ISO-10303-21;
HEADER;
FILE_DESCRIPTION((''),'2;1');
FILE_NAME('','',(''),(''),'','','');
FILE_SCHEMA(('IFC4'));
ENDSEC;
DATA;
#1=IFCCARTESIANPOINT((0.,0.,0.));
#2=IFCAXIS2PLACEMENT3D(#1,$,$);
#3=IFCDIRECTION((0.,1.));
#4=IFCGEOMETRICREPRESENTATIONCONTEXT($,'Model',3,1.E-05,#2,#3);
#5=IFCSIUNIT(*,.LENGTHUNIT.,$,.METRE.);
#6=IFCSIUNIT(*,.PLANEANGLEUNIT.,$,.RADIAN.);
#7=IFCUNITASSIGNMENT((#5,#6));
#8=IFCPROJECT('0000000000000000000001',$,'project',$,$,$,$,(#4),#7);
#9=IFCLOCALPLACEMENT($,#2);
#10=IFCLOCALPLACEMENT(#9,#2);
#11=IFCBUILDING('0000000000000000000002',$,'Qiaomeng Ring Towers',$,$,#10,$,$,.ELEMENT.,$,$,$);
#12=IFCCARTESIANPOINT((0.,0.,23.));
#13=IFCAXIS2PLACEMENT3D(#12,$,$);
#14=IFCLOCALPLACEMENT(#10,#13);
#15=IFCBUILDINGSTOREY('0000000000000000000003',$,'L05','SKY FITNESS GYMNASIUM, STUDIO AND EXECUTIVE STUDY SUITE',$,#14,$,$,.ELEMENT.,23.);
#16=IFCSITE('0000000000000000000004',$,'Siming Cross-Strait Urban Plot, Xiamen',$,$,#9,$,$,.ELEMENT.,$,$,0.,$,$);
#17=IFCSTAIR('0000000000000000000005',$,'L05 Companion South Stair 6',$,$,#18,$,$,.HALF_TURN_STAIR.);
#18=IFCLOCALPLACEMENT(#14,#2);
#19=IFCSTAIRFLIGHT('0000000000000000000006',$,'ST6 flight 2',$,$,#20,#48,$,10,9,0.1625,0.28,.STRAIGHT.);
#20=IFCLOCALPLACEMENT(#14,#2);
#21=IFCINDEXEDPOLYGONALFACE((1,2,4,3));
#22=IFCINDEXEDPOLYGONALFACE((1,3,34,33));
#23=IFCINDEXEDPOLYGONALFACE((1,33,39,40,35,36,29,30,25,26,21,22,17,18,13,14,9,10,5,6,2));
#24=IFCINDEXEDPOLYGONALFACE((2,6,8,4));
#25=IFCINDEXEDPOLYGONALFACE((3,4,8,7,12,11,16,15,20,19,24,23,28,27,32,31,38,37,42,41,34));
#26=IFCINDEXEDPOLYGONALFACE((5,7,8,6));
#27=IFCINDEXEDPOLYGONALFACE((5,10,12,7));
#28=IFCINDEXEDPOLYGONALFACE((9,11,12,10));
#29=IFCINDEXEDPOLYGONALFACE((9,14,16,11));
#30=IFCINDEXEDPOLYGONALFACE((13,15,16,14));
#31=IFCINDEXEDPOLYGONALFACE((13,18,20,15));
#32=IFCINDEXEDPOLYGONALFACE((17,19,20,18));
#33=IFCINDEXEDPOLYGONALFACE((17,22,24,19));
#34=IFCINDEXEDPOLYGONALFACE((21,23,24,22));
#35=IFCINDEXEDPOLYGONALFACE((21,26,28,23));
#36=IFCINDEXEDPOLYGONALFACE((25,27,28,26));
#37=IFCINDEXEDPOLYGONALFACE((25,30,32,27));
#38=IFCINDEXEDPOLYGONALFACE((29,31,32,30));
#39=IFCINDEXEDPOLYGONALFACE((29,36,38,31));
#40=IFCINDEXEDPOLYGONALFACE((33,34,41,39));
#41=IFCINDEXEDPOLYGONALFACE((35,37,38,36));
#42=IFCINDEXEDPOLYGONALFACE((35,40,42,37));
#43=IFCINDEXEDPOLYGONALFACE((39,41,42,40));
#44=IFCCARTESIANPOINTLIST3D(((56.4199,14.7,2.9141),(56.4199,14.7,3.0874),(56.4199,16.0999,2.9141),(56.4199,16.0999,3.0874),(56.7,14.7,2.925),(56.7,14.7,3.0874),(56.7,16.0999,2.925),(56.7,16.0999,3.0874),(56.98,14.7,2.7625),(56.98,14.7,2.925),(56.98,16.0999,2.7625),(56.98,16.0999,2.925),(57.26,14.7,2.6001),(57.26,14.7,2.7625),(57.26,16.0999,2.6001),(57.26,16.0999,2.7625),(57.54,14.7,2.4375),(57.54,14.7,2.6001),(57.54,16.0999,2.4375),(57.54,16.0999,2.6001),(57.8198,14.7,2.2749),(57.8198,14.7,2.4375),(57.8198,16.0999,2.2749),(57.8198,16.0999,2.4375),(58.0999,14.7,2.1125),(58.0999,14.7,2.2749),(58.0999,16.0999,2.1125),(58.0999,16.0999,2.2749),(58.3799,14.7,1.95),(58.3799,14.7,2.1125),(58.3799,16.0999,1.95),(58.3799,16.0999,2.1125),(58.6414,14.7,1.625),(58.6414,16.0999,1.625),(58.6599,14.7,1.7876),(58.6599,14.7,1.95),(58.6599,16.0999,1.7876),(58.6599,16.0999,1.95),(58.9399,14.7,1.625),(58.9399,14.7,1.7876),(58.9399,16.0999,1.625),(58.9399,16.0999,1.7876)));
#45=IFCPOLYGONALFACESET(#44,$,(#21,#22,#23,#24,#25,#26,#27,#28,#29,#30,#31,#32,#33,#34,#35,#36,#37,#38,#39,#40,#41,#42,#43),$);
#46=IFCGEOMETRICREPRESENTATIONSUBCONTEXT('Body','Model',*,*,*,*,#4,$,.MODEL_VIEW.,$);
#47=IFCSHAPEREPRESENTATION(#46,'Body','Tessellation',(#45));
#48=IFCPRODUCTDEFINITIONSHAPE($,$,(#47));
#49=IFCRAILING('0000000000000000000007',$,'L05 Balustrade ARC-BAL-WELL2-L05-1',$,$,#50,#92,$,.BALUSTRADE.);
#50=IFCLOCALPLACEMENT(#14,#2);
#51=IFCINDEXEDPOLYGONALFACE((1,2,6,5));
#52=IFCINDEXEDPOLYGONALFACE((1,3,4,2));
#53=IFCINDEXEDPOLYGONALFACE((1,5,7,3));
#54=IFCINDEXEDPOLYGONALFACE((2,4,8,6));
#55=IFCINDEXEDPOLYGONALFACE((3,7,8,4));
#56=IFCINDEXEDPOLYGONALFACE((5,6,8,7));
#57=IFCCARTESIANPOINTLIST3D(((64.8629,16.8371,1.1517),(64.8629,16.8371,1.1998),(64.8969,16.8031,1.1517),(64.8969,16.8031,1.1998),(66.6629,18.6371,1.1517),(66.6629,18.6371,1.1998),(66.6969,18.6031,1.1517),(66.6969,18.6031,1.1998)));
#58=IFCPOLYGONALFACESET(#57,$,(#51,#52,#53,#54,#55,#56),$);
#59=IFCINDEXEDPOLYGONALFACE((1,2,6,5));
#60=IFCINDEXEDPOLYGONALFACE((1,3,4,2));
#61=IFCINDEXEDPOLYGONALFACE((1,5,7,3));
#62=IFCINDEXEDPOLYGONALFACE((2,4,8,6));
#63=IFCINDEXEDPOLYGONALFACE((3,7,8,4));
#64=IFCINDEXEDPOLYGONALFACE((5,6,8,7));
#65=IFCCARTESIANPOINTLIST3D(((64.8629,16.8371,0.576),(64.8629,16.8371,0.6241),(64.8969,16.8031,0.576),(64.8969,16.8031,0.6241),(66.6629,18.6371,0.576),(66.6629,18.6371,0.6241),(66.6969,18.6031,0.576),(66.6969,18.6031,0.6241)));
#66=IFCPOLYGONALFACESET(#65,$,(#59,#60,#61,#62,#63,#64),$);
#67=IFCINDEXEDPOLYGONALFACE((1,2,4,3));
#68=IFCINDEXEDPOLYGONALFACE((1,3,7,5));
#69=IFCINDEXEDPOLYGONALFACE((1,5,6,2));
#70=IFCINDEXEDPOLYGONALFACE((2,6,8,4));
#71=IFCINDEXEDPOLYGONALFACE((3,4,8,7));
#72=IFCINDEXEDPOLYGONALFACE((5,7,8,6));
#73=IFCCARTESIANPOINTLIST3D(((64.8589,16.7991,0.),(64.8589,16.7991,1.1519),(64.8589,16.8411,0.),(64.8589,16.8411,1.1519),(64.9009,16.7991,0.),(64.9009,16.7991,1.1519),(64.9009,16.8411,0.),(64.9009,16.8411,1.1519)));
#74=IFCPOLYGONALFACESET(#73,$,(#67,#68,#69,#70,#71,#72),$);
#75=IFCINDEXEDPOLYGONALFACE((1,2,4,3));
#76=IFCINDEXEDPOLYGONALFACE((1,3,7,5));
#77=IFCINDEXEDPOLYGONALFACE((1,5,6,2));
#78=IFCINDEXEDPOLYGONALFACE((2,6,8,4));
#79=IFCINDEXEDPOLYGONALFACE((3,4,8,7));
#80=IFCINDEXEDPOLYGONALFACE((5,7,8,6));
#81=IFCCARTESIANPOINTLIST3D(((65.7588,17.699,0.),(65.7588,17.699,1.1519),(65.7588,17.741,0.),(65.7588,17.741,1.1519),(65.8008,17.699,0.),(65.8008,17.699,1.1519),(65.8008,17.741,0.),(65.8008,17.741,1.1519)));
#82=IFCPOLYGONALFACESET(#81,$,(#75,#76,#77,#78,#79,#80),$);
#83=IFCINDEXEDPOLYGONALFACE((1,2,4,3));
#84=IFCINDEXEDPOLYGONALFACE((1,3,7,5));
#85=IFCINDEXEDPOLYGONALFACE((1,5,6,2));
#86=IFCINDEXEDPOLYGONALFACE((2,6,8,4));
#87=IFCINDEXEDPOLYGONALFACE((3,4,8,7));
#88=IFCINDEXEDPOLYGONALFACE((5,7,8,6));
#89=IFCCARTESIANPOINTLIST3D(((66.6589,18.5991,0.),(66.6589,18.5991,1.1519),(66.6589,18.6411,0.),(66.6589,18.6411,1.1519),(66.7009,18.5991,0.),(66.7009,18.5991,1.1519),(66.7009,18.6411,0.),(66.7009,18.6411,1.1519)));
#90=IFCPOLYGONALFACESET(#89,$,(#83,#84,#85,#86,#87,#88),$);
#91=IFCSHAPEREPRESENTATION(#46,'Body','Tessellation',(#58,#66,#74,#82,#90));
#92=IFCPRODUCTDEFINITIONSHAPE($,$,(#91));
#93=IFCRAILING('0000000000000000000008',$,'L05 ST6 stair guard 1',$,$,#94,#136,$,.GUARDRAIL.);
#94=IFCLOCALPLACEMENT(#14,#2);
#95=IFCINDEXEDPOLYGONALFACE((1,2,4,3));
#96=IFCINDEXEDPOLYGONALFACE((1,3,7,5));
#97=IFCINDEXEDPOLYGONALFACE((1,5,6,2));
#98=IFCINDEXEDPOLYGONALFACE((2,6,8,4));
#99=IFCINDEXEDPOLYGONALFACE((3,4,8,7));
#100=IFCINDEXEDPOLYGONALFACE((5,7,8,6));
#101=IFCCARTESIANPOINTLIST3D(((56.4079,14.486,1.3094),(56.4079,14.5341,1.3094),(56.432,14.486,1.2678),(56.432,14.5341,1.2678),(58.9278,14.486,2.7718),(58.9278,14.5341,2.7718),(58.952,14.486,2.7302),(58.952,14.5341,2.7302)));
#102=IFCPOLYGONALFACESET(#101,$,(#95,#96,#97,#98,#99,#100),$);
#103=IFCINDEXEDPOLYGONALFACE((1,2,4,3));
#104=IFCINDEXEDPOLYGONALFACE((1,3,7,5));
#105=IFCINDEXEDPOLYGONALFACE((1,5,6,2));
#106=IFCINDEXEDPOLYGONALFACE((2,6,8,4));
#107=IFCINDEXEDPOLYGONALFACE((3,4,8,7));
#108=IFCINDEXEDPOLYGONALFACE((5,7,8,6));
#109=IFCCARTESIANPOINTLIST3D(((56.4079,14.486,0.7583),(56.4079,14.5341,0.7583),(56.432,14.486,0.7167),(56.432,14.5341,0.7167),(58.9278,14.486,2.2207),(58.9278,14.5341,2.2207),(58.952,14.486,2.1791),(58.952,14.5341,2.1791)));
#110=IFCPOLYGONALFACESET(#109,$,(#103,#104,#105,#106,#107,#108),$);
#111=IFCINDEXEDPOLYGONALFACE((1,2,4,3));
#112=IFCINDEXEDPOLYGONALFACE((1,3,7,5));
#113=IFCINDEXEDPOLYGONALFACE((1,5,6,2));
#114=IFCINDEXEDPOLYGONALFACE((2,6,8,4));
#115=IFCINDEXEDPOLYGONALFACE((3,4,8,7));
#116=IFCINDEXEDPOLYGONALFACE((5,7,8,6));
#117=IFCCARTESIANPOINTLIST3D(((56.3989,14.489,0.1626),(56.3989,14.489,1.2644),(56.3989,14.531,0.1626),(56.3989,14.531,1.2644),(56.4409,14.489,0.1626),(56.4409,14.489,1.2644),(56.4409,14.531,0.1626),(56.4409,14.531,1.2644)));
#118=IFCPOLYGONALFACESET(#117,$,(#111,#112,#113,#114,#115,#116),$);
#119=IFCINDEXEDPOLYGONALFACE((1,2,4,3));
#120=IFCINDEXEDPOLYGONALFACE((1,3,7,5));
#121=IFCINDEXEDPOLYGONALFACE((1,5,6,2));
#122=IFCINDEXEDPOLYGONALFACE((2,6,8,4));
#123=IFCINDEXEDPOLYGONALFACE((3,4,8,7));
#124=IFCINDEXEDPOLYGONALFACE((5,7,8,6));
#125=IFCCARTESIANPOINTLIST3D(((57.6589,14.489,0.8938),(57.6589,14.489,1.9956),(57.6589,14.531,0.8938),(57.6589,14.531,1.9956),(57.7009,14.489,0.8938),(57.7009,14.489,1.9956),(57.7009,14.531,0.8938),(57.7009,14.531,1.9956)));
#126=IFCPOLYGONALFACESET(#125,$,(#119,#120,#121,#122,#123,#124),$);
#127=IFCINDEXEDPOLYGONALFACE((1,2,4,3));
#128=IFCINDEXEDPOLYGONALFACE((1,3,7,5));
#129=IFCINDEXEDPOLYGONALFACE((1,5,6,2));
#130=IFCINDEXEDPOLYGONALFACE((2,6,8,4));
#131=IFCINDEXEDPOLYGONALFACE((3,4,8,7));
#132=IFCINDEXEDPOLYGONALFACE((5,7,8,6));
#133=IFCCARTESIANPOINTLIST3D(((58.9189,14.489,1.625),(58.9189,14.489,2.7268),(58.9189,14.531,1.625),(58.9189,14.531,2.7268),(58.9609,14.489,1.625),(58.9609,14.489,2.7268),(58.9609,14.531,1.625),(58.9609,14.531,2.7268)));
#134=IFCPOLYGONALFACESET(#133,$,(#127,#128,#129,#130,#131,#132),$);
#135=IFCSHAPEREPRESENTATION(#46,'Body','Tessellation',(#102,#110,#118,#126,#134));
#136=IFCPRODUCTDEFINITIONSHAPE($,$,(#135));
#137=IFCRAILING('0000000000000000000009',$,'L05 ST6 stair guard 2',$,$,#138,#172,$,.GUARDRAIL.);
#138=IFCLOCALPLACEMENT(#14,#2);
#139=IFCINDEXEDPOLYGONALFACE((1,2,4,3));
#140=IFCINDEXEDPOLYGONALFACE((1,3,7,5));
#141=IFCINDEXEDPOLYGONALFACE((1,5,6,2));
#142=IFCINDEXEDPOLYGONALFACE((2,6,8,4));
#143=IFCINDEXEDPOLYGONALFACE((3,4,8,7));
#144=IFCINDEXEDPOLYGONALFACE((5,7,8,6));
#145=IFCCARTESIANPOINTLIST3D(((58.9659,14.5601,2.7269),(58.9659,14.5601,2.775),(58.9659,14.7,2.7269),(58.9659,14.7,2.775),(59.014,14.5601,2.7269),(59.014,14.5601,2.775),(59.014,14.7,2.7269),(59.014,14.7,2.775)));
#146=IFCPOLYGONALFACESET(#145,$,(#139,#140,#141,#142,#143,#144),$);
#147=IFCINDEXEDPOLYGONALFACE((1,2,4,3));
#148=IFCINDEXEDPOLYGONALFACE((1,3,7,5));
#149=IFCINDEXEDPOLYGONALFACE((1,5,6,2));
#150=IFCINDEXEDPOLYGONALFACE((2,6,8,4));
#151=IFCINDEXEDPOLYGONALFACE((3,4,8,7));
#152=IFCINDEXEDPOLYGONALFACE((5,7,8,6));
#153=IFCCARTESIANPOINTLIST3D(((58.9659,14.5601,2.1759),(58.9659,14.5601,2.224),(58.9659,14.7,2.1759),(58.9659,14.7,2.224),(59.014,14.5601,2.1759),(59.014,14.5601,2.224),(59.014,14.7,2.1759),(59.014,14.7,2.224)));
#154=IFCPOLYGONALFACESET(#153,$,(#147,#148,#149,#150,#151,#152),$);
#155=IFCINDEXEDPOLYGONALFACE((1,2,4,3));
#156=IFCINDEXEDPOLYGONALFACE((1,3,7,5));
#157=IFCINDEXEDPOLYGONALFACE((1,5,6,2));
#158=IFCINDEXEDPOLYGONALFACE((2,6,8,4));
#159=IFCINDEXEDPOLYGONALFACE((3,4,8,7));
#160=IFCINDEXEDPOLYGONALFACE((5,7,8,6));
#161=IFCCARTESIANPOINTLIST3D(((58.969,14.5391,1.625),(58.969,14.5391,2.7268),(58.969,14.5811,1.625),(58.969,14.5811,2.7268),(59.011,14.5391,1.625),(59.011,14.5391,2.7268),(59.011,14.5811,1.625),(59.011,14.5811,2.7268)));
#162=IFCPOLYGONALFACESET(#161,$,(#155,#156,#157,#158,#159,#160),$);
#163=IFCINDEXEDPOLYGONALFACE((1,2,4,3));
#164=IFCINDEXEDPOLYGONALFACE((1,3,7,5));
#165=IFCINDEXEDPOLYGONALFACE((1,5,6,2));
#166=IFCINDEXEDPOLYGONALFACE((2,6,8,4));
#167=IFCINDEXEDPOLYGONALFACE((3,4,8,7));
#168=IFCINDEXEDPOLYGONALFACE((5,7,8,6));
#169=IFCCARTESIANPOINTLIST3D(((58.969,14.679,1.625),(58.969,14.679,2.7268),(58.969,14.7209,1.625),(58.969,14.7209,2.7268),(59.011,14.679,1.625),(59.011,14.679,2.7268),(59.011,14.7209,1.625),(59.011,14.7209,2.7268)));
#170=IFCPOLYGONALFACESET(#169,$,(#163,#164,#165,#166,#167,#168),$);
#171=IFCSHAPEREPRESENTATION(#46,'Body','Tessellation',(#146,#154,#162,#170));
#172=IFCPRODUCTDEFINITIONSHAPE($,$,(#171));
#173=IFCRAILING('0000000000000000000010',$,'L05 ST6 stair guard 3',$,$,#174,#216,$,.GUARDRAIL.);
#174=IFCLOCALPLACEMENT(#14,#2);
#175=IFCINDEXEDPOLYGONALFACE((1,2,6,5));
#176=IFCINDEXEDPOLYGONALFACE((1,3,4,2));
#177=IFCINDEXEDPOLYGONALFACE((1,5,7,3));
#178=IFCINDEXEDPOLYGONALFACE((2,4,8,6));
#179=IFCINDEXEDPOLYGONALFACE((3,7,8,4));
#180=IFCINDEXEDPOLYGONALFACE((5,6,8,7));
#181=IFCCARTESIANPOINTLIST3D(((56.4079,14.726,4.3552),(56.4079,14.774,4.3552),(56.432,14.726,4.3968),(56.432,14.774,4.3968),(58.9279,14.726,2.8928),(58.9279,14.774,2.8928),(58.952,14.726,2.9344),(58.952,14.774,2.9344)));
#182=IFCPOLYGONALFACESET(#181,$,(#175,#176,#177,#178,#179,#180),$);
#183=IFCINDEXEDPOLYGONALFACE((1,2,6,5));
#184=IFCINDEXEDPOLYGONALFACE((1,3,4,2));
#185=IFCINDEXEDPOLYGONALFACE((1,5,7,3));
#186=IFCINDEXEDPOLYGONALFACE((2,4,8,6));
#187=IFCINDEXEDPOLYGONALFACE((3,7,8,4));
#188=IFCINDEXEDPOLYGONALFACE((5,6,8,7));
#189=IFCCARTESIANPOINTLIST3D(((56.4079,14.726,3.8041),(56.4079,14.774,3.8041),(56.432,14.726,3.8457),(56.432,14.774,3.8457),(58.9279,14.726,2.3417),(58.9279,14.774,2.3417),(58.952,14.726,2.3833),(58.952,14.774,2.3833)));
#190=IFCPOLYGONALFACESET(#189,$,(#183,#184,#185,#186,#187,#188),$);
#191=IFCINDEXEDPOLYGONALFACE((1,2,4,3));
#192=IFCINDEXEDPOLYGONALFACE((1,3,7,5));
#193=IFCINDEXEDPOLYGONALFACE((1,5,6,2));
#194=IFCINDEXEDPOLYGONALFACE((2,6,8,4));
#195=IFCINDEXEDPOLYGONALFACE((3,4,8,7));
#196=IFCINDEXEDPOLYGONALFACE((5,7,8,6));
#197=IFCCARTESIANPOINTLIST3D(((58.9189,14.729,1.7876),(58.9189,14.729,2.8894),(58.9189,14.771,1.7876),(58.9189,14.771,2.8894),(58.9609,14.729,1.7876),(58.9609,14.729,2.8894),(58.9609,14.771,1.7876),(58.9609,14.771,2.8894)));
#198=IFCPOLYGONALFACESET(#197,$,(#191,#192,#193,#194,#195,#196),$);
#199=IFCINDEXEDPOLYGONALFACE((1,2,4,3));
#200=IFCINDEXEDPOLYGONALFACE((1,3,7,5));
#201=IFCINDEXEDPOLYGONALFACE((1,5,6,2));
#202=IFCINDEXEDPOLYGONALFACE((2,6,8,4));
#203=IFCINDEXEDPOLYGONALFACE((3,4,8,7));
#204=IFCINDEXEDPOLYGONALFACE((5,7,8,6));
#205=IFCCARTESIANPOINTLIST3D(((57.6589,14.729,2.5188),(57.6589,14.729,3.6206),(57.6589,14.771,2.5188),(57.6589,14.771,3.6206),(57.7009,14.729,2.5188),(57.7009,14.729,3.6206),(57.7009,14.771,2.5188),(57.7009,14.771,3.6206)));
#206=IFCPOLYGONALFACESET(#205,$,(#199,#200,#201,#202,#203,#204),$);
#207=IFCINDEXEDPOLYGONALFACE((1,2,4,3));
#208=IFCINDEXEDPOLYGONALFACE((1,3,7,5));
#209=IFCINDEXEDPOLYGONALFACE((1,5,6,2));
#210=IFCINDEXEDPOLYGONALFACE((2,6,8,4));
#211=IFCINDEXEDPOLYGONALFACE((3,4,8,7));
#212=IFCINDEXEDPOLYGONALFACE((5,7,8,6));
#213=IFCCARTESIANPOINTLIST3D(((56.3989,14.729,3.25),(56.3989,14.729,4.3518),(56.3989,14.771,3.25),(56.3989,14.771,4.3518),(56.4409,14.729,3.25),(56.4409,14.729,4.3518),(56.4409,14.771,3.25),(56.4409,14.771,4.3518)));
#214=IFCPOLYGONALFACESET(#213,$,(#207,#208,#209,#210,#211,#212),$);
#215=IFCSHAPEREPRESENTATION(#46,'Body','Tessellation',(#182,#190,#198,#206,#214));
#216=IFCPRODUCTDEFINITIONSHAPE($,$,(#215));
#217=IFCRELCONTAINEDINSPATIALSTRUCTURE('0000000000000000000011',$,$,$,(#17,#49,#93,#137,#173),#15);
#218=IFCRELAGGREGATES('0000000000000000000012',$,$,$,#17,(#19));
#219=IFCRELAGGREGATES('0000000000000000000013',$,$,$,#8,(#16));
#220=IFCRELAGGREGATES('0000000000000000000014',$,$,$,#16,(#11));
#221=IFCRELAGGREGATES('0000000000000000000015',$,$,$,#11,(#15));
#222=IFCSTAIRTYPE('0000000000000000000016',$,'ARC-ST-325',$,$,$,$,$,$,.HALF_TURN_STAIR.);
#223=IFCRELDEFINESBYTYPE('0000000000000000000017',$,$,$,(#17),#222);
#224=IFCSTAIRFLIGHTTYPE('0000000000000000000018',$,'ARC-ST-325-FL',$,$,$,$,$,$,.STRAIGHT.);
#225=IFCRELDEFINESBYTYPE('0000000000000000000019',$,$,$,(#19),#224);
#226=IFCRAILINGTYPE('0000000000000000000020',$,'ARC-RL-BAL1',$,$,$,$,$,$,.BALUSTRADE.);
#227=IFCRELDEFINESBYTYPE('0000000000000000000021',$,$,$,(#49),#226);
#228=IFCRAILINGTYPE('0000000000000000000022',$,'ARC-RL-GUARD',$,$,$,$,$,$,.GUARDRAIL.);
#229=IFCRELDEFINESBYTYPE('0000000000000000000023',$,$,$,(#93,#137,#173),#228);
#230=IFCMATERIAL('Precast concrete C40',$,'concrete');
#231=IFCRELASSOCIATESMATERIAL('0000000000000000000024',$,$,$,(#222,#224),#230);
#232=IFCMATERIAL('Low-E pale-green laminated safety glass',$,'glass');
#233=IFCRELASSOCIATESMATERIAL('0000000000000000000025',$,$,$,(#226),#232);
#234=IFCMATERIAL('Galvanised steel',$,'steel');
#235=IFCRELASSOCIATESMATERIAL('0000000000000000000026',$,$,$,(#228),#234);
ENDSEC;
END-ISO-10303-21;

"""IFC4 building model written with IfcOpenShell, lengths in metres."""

from ifc_helpers import new_model, si_unit, direction, frame, origin, origin_2d, place, context, subcontext, project, spatial, polyline, rectangle, outline, extrude, source, transform, mapped, material, type_object, element, aggregate, save


model = new_model("IFC4")

# Units and contexts
model_context = context("Model", 3, precision=1e-05, world=origin(), true_north=direction((0.0, 1.0)))
body_context = subcontext(model_context, "Body", "Model", "MODEL_VIEW")
ifc_project = project(units=[si_unit("LENGTHUNIT", "METRE"), si_unit("PLANEANGLEUNIT", "RADIAN")], contexts=[model_context])

# Site, building, storey
site_placement = place(None, origin())
site = spatial("IfcSite", under=ifc_project, at=site_placement, Name="Siming Cross-Strait Urban Plot, Xiamen", CompositionType="ELEMENT", RefElevation=0.0)
building_placement = place(site_placement, origin())
building = spatial("IfcBuilding", under=site, at=building_placement, Name="Qiaomeng Ring Towers", CompositionType="ELEMENT")
storey_placement = place(building_placement, frame((0.0, 0.0, 23.0)))
storey = spatial("IfcBuildingStorey", under=building, at=storey_placement, Name="L05", Description="SKY FITNESS GYMNASIUM, STUDIO AND EXECUTIVE STUDY SUITE", CompositionType="ELEMENT", Elevation=23.0)

# Shared definitions
ifc_material_1 = material(Name="Precast concrete C40", Category="concrete")

# Stair, stair flight
stair_type = type_object("IfcStairType", Name="ARC-ST-325", PredefinedType="HALF_TURN_STAIR", material=ifc_material_1)
stair_placement = place(storey_placement, origin())
stair = element("IfcStair", 1, at=stair_placement, inside=storey, type_object=stair_type, Name="L05 Companion South Stair 6", PredefinedType="HALF_TURN_STAIR")
stair_flight_type = type_object("IfcStairFlightType", Name="ARC-ST-325-FL", PredefinedType="STRAIGHT", material=ifc_material_1)
shared_shape_1 = source(origin(), body_context, "Body", "SweptSolid", [
    extrude(outline(polyline([(0.0, 0.0), (0.0, 0.1626), (0.28, 0.1626), (0.28, 0.325), (0.5601, 0.325), (0.5601, 0.4875), (0.8401, 0.4875), (0.8401, 0.6499), (1.1201, 0.6499), (1.1201, 0.8125), (1.3999, 0.8125), (1.3999, 0.9751), (1.6799, 0.9751), (1.6799, 1.1375), (1.96, 1.1375), (1.96, 1.3), (2.24, 1.3), (2.24, 1.4624), (2.52, 1.4624), (2.52, 1.625), (2.52, 1.2891), (0.2986, 0.0), (0.0, 0.0)])), frame((0.0, 0.7, 0.0), z_axis=(0.0, -1.0, 0.0), x_axis=(1.0, 0.0, 0.0)), (0.0, 0.0, 1.0), 1.3999),
])
stair_flight_1_placement = place(storey_placement, frame((58.9399, 15.3999, 1.625), z_axis=(0.0, 0.0, 1.0), x_axis=(-1.0, 0.0, 0.0)))
stair_flight_1 = element("IfcStairFlight", 2, at=stair_flight_1_placement, type_object=stair_flight_type, Name="ST6 flight 2", NumberOfRisers=10, NumberOfTreads=9, PredefinedType="STRAIGHT", RiserHeight=0.1625, TreadLength=0.28, context=body_context, shape_type="MappedRepresentation", body=[
    mapped(shared_shape_1, transform((0.0, 0.0, 0.0), x_axis=(1.0, 0.0, 0.0), y_axis=(0.0, 1.0, 0.0), z_axis=(0.0, 0.0, 1.0), scale=1.0)),
])
aggregate(stair, [stair_flight_1])

# Railings
ifc_material_2 = material(Name="Low-E pale-green laminated safety glass", Category="glass")
railing_type_1 = type_object("IfcRailingType", Name="ARC-RL-BAL1", PredefinedType="BALUSTRADE", material=ifc_material_2)
railing_1_placement = place(storey_placement, frame((64.8799, 16.8201, 0.0)))
element("IfcRailing", 3, at=railing_1_placement, inside=storey, type_object=railing_type_1, Name="L05 Balustrade ARC-BAL-WELL2-L05-1", PredefinedType="BALUSTRADE", context=body_context, shape_type="SweptSolid", body=[
    extrude(rectangle(XDim=0.0481, YDim=0.0481, at=origin_2d()), frame((0.0, 0.0, 1.1758), z_axis=(0.707107, 0.707107, 0.0), x_axis=(-0.707107, 0.707107, 0.0)), (0.0, 0.0, 1.0), 2.5457),
    extrude(rectangle(XDim=0.0481, YDim=0.0481, at=origin_2d()), frame((0.0, 0.0, 0.6001), z_axis=(0.707107, 0.707107, 0.0), x_axis=(-0.707107, 0.707107, 0.0)), (0.0, 0.0, 1.0), 2.5457),
    extrude(rectangle(XDim=0.042, YDim=0.042, at=origin_2d()), origin(), (0.0, 0.0, 1.0), 1.1519),
    extrude(rectangle(XDim=0.042, YDim=0.042, at=origin_2d()), frame((0.8999, 0.8999, 0.0)), (0.0, 0.0, 1.0), 1.1519),
    extrude(rectangle(XDim=0.042, YDim=0.042, at=origin_2d()), frame((1.8, 1.8, 0.0)), (0.0, 0.0, 1.0), 1.1519),
])
ifc_material_3 = material(Name="Galvanised steel", Category="steel")
railing_type_2 = type_object("IfcRailingType", Name="ARC-RL-GUARD", PredefinedType="GUARDRAIL", material=ifc_material_3)
railing_2_placement = place(storey_placement, frame((56.4199, 14.51, 0.1626)))
element("IfcRailing", 4, at=railing_2_placement, inside=storey, type_object=railing_type_2, Name="L05 ST6 stair guard 1", PredefinedType="GUARDRAIL", context=body_context, shape_type="SweptSolid", body=[
    extrude(rectangle(XDim=0.0481, YDim=0.0481, at=origin_2d()), frame((0.0, 0.0, 1.126), z_axis=(0.864913, 0.0, 0.501921), x_axis=(0.0, 1.0, 0.0)), (0.0, 0.0, 1.0), 2.9136),
    extrude(rectangle(XDim=0.0481, YDim=0.0481, at=origin_2d()), frame((0.0, 0.0, 0.575), z_axis=(0.864913, 0.0, 0.501921), x_axis=(0.0, 1.0, 0.0)), (0.0, 0.0, 1.0), 2.9136),
    extrude(rectangle(XDim=0.042, YDim=0.042, at=origin_2d()), origin(), (0.0, 0.0, 1.0), 1.1018),
    extrude(rectangle(XDim=0.042, YDim=0.042, at=origin_2d()), frame((1.26, 0.0, 0.7312)), (0.0, 0.0, 1.0), 1.1018),
    extrude(rectangle(XDim=0.042, YDim=0.042, at=origin_2d()), frame((2.52, 0.0, 1.4624)), (0.0, 0.0, 1.0), 1.1018),
])
railing_3_placement = place(storey_placement, frame((58.99, 14.5601, 1.625)))
element("IfcRailing", 5, at=railing_3_placement, inside=storey, type_object=railing_type_2, Name="L05 ST6 stair guard 2", PredefinedType="GUARDRAIL", context=body_context, shape_type="SweptSolid", body=[
    extrude(rectangle(XDim=0.0481, YDim=0.0481, at=origin_2d()), frame((0.0, 0.0, 1.126), z_axis=(0.0, 1.0, 0.0), x_axis=(-1.0, 0.0, 0.0)), (0.0, 0.0, 1.0), 0.1399),
    extrude(rectangle(XDim=0.0481, YDim=0.0481, at=origin_2d()), frame((0.0, 0.0, 0.575), z_axis=(0.0, 1.0, 0.0), x_axis=(-1.0, 0.0, 0.0)), (0.0, 0.0, 1.0), 0.1399),
    extrude(rectangle(XDim=0.042, YDim=0.042, at=origin_2d()), origin(), (0.0, 0.0, 1.0), 1.1018),
    extrude(rectangle(XDim=0.042, YDim=0.042, at=origin_2d()), frame((0.0, 0.1399, 0.0)), (0.0, 0.0, 1.0), 1.1018),
])
railing_4_placement = place(storey_placement, frame((58.9399, 14.75, 1.7876)))
element("IfcRailing", 6, at=railing_4_placement, inside=storey, type_object=railing_type_2, Name="L05 ST6 stair guard 3", PredefinedType="GUARDRAIL", context=body_context, shape_type="SweptSolid", body=[
    extrude(rectangle(XDim=0.0481, YDim=0.0481, at=origin_2d()), frame((0.0, 0.0, 1.126), z_axis=(-0.864913, 0.0, 0.501921), x_axis=(0.0, -1.0, 0.0)), (0.0, 0.0, 1.0), 2.9136),
    extrude(rectangle(XDim=0.0481, YDim=0.0481, at=origin_2d()), frame((0.0, 0.0, 0.575), z_axis=(-0.864913, 0.0, 0.501921), x_axis=(0.0, -1.0, 0.0)), (0.0, 0.0, 1.0), 2.9136),
    extrude(rectangle(XDim=0.042, YDim=0.042, at=origin_2d()), origin(), (0.0, 0.0, 1.0), 1.1018),
    extrude(rectangle(XDim=0.042, YDim=0.042, at=origin_2d()), frame((-1.26, 0.0, 0.7312)), (0.0, 0.0, 1.0), 1.1018),
    extrude(rectangle(XDim=0.042, YDim=0.042, at=origin_2d()), frame((-2.52, 0.0, 1.4624)), (0.0, 0.0, 1.0), 1.1018),
])

save(model, "model.ifc")
